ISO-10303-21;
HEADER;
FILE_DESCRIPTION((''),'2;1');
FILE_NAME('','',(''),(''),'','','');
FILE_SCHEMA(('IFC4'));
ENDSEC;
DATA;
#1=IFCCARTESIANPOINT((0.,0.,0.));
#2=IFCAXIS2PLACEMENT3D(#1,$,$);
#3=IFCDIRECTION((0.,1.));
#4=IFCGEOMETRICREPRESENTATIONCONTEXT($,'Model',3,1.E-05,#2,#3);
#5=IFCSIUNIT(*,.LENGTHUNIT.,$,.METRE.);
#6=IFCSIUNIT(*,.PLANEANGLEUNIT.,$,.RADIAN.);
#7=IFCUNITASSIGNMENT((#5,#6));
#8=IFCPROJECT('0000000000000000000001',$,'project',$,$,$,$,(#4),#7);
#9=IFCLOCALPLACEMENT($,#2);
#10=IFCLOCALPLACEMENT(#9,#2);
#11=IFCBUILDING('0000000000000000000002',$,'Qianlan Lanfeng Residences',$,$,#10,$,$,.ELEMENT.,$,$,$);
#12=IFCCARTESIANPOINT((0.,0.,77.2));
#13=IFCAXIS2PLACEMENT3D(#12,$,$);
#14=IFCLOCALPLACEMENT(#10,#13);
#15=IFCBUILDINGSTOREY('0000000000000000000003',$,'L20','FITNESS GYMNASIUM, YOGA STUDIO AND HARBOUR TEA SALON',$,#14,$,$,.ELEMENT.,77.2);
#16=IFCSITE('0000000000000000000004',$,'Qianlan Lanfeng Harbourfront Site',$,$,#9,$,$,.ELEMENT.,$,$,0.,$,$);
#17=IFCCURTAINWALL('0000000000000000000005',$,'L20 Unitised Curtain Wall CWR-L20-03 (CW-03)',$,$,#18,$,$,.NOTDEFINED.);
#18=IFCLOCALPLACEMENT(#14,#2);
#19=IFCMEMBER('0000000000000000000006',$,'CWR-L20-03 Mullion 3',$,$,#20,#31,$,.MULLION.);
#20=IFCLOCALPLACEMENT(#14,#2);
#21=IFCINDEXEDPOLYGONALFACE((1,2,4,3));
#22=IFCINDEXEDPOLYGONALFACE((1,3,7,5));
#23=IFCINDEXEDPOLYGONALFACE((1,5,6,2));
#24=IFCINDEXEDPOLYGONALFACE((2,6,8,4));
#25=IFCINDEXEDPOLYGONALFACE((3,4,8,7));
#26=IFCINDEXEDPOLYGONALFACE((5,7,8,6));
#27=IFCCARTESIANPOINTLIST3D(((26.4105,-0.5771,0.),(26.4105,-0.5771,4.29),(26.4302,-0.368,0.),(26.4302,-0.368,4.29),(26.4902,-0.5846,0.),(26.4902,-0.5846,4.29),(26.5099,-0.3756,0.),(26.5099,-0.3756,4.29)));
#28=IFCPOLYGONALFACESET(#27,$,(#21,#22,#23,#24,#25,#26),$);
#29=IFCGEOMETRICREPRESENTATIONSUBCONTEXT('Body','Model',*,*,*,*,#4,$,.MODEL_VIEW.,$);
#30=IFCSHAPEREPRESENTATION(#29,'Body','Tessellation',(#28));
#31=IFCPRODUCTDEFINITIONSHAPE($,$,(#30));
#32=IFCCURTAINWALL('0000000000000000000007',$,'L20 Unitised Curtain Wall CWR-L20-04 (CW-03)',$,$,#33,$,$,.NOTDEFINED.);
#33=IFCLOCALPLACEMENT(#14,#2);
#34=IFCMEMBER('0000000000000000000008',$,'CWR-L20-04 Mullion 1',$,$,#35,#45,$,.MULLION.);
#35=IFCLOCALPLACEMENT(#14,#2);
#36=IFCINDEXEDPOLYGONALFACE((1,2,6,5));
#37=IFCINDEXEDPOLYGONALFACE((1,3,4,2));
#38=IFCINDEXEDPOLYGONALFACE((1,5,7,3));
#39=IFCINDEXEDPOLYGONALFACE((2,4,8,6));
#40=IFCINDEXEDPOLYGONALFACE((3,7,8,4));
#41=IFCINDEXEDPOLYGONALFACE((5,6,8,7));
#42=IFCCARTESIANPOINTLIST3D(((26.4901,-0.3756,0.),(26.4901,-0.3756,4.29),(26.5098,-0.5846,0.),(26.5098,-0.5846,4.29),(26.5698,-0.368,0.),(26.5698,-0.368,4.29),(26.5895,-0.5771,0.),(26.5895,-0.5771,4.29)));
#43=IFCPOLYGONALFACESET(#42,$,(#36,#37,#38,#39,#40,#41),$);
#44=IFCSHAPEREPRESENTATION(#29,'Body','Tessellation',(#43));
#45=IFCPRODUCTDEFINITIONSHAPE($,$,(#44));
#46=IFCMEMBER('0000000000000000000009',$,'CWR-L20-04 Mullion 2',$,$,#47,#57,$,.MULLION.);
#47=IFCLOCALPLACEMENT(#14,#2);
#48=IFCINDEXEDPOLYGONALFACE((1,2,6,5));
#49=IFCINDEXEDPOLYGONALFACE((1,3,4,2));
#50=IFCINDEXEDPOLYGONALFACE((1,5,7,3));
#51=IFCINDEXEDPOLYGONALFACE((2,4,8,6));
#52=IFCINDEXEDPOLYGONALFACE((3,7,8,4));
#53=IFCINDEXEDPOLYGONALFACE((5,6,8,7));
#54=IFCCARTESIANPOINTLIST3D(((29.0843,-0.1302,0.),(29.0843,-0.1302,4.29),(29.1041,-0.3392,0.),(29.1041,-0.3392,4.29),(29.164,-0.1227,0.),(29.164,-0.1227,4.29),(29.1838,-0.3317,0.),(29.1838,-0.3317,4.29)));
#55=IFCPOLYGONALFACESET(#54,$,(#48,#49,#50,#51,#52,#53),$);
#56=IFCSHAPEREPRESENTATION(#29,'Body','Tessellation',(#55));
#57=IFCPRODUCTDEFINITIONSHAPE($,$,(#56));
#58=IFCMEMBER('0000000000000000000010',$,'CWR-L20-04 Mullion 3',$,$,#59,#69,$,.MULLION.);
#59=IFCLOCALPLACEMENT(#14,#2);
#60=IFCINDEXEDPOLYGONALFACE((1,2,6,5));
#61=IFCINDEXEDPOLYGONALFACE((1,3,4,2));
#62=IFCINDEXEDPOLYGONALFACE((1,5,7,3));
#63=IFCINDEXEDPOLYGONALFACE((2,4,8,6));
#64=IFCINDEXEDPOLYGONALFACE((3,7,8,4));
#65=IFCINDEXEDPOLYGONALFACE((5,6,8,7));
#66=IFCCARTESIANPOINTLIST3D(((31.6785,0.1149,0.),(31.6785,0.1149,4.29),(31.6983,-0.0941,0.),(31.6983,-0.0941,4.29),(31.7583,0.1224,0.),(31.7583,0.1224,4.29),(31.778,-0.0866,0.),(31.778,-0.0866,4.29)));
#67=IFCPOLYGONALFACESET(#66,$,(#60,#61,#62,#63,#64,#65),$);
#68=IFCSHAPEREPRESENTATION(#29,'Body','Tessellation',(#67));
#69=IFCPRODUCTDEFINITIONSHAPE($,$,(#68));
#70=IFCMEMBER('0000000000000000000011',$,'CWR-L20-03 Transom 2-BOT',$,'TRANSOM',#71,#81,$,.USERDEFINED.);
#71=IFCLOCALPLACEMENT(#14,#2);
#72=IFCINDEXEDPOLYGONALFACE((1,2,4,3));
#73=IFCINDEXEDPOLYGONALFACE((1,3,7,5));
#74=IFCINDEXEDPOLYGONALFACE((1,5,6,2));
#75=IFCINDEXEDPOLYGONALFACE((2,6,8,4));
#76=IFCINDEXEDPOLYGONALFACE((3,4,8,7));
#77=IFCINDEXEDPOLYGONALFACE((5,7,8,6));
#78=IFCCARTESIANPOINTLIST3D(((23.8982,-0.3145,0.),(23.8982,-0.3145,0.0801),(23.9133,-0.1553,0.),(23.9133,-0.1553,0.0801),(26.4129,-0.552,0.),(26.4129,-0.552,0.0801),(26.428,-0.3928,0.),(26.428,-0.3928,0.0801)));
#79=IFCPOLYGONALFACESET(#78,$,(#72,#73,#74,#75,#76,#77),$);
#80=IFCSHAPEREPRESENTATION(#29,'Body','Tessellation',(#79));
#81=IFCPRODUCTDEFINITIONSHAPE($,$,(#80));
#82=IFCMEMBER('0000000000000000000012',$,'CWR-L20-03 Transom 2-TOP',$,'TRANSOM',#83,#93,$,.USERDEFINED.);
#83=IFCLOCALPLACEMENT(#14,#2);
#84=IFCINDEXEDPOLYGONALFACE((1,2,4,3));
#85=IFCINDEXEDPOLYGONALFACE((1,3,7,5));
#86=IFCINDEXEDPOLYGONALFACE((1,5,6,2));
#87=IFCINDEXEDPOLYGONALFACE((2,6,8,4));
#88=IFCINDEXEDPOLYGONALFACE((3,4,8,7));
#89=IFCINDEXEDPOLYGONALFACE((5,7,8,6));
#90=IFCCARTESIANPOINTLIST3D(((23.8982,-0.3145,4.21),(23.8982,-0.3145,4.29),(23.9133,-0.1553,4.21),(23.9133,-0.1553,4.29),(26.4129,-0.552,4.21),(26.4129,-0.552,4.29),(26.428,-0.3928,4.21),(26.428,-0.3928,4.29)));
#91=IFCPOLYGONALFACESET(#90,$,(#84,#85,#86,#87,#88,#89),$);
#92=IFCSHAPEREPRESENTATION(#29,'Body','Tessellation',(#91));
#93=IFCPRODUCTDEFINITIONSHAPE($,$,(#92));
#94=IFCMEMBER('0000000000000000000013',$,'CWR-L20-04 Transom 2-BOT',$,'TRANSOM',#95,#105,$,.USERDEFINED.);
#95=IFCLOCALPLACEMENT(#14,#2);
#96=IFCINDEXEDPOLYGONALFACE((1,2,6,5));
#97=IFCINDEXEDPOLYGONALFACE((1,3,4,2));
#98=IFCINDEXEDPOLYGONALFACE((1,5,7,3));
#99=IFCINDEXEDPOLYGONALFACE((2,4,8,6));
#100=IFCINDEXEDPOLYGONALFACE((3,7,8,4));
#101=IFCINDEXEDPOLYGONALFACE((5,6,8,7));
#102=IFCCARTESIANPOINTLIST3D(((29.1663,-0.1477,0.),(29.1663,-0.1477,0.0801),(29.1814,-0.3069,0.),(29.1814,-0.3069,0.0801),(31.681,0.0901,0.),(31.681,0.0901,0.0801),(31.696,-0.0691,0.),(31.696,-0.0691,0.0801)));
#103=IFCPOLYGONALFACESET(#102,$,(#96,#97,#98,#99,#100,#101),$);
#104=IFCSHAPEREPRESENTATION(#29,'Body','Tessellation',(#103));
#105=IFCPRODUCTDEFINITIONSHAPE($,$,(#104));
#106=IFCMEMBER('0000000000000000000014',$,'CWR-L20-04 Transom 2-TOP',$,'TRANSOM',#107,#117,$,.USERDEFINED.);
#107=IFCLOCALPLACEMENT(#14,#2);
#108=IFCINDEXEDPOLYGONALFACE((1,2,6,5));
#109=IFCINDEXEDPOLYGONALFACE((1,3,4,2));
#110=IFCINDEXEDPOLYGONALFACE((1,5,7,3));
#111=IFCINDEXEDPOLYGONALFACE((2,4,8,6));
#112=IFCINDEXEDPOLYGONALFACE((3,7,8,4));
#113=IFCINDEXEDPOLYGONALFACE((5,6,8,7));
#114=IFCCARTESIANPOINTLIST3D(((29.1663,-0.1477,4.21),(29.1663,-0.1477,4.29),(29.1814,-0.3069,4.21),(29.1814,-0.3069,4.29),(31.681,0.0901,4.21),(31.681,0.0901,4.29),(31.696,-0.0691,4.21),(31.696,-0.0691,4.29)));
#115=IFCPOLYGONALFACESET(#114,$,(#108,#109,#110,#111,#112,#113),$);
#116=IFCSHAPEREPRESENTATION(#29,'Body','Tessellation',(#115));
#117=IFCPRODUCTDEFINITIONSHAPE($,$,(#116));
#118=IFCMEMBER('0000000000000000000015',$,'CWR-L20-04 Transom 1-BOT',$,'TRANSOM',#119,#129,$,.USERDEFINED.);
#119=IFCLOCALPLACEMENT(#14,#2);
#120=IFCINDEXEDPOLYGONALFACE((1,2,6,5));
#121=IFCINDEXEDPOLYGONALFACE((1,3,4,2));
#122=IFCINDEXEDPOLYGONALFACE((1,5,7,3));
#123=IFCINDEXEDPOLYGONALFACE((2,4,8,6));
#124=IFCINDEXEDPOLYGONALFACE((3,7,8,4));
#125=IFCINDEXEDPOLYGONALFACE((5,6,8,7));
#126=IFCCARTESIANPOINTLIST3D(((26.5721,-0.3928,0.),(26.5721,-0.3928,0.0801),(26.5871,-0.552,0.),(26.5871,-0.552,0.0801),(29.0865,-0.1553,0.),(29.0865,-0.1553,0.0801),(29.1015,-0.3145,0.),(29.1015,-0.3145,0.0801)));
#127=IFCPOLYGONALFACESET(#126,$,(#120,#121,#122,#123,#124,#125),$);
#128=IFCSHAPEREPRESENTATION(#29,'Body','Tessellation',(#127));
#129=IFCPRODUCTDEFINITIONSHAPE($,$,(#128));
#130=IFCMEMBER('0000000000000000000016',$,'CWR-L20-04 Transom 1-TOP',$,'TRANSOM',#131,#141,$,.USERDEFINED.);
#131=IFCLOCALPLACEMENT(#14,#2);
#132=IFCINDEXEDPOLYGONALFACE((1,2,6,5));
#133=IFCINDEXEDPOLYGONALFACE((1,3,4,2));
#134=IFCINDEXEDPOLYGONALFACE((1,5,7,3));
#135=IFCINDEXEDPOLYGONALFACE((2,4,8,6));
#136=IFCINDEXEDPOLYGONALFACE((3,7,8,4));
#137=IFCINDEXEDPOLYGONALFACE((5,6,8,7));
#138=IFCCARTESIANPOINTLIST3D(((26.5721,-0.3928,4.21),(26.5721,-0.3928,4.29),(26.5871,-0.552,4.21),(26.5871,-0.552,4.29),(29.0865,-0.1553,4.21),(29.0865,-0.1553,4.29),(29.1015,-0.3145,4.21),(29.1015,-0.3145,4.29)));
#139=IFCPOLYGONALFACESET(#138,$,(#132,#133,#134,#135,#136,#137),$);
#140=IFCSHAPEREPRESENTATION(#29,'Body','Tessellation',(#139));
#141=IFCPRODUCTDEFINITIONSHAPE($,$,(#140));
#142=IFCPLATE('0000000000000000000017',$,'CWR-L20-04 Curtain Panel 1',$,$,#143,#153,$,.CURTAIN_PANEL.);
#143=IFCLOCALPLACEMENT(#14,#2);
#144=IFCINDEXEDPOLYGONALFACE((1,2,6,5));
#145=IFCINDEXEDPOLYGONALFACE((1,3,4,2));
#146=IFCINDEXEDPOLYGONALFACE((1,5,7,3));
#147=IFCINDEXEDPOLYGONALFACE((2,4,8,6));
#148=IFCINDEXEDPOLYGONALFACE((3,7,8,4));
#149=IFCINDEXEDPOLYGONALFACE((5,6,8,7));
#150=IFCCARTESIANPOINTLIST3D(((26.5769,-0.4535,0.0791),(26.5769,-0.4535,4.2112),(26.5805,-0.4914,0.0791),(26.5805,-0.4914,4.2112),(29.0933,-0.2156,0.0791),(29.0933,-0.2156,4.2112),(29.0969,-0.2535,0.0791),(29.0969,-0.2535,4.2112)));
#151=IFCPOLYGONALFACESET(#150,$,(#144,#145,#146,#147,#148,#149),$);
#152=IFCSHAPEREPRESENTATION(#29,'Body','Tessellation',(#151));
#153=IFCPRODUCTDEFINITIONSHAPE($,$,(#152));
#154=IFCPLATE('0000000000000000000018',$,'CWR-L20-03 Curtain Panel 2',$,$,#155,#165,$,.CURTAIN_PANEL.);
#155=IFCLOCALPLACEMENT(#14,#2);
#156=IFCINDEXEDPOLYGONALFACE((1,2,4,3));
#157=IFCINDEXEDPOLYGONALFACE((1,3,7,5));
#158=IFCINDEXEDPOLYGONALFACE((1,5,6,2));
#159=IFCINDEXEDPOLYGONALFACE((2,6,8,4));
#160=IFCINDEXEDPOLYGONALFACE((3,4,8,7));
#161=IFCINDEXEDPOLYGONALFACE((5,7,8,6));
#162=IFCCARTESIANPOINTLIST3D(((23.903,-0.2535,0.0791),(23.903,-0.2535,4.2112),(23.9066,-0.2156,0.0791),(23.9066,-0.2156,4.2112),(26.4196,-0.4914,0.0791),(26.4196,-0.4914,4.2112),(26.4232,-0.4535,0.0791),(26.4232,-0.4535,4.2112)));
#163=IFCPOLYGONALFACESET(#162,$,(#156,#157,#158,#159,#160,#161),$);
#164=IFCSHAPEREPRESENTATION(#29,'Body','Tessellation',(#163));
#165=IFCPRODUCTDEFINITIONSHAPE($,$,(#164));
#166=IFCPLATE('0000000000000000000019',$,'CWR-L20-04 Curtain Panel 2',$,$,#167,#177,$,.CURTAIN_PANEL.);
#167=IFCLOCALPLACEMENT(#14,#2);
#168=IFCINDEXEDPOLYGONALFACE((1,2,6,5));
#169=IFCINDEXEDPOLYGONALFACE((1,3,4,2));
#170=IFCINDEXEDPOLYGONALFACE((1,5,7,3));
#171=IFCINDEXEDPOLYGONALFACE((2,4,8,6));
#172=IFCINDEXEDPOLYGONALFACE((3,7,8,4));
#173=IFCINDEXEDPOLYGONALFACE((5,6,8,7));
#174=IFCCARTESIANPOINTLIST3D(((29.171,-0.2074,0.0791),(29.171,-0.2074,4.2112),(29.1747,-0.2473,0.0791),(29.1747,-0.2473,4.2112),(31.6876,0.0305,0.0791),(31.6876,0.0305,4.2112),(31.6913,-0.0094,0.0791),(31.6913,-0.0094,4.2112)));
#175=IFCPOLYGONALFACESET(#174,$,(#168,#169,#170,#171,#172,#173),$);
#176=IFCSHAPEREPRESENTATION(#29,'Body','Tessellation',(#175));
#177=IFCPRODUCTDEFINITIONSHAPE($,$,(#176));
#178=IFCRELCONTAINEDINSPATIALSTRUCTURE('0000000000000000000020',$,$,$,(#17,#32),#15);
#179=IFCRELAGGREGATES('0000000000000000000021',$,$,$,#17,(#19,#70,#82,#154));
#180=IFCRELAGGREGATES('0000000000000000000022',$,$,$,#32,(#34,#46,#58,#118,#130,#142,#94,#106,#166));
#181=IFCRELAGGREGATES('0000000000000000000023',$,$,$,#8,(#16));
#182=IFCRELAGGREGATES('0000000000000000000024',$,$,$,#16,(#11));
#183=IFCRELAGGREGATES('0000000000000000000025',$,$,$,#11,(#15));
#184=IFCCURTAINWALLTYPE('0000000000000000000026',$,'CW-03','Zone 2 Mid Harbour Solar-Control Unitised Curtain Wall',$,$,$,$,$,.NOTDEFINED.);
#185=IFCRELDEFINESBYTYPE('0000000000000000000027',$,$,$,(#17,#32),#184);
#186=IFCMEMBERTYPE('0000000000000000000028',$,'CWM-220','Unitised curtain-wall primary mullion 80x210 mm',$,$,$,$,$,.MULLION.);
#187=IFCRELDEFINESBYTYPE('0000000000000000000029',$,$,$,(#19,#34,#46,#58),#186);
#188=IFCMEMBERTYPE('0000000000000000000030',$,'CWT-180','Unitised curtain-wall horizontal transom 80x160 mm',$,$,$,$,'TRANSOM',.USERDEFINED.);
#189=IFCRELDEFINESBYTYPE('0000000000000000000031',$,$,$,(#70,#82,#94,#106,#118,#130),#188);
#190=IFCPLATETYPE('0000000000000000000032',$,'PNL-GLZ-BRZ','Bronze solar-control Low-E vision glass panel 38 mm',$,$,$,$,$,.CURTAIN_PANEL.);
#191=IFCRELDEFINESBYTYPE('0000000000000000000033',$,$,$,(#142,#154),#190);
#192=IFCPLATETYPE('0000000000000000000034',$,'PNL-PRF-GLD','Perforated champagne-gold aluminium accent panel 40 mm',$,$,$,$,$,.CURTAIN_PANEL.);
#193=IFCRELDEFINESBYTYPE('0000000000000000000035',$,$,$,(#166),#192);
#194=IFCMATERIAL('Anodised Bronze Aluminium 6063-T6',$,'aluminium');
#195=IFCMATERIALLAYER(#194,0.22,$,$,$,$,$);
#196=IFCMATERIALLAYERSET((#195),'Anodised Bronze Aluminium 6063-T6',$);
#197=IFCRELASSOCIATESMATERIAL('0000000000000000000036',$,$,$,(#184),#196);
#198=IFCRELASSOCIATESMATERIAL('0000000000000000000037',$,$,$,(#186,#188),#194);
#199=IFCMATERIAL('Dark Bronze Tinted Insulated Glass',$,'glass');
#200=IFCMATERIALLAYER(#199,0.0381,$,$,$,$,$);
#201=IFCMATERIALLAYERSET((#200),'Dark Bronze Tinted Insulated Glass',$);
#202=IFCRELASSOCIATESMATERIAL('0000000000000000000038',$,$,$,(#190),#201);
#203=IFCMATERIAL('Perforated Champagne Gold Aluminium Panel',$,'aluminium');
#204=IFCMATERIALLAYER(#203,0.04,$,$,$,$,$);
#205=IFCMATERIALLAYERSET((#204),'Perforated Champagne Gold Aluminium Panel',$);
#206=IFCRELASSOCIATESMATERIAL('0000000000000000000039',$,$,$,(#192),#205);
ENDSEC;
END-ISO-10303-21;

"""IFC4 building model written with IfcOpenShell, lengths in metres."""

from ifc_helpers import new_model, si_unit, direction, frame, origin, origin_2d, place, context, subcontext, project, spatial, rectangle, extrude, source, transform, mapped, material, layer, layer_set, material_profile, profile_set, type_object, element, aggregate, save


model = new_model("IFC4")

# Units and contexts
model_context = context("Model", 3, precision=1e-05, world=origin(), true_north=direction((0.0, 1.0)))
body_context = subcontext(model_context, "Body", "Model", "MODEL_VIEW")
ifc_project = project(units=[si_unit("LENGTHUNIT", "METRE"), si_unit("PLANEANGLEUNIT", "RADIAN")], contexts=[model_context])

# Site, building, storey
site_placement = place(None, origin())
site = spatial("IfcSite", under=ifc_project, at=site_placement, Name="Qianlan Lanfeng Harbourfront Site", CompositionType="ELEMENT", RefElevation=0.0)
building_placement = place(site_placement, origin())
building = spatial("IfcBuilding", under=site, at=building_placement, Name="Qianlan Lanfeng Residences", CompositionType="ELEMENT")
storey_placement = place(building_placement, frame((0.0, 0.0, 77.2)))
storey = spatial("IfcBuildingStorey", under=building, at=storey_placement, Name="L20", Description="FITNESS GYMNASIUM, YOGA STUDIO AND HARBOUR TEA SALON", CompositionType="ELEMENT", Elevation=77.2)

# Curtain walls, members
ifc_material_1 = material(Name="Anodised Bronze Aluminium 6063-T6", Category="aluminium")
ifc_layer_1 = layer(ifc_material_1, 0.22)
ifc_layer_set_1 = layer_set([ifc_layer_1], Name="Anodised Bronze Aluminium 6063-T6")
curtain_wall_type = type_object("IfcCurtainWallType", Name="CW-03", Description="Zone 2 Mid Harbour Solar-Control Unitised Curtain Wall", PredefinedType="NOTDEFINED", material=ifc_layer_set_1)
curtain_wall_1_placement = place(storey_placement, origin())
curtain_wall_1 = element("IfcCurtainWall", 1, at=curtain_wall_1_placement, inside=storey, type_object=curtain_wall_type, Name="L20 Unitised Curtain Wall CWR-L20-03 (CW-03)", PredefinedType="NOTDEFINED")
ifc_material_profile_1 = material_profile(ifc_material_1, rectangle(XDim=0.0801, YDim=0.21, at=origin_2d()), Name="ALU MULLION 80x210")
ifc_profile_set_1 = profile_set([ifc_material_profile_1], Name="Anodised Bronze Aluminium 6063-T6")
member_type_1 = type_object("IfcMemberType", Name="CWM-220", Description="Unitised curtain-wall primary mullion 80x210 mm", PredefinedType="MULLION", material=ifc_profile_set_1)
shared_shape_1 = source(origin(), body_context, "Body", "SweptSolid", [
    extrude(rectangle(XDim=0.0801, YDim=0.21, at=origin_2d()), origin(), (0.0, 0.0, 1.0), 4.29),
])
member_1_placement = place(storey_placement, frame((26.4602, -0.4763, 0.0), z_axis=(0.0, 0.0, 1.0), x_axis=(0.995561, -0.094114, 0.0)))
member_1 = element("IfcMember", 2, at=member_1_placement, type_object=member_type_1, Name="CWR-L20-03 Mullion 3", PredefinedType="MULLION", context=body_context, shape_type="MappedRepresentation", body=[
    mapped(shared_shape_1, transform((0.0, 0.0, 0.0), scale=1.0)),
])
curtain_wall_2_placement = place(storey_placement, origin())
curtain_wall_2 = element("IfcCurtainWall", 3, at=curtain_wall_2_placement, inside=storey, type_object=curtain_wall_type, Name="L20 Unitised Curtain Wall CWR-L20-04 (CW-03)", PredefinedType="NOTDEFINED")
member_2_placement = place(storey_placement, frame((26.5398, -0.4763, 0.0), z_axis=(0.0, 0.0, 1.0), x_axis=(0.995561, 0.094114, 0.0)))
member_2 = element("IfcMember", 4, at=member_2_placement, type_object=member_type_1, Name="CWR-L20-04 Mullion 1", PredefinedType="MULLION", context=body_context, shape_type="MappedRepresentation", body=[
    mapped(shared_shape_1, transform((0.0, 0.0, 0.0), scale=1.0)),
])
member_3_placement = place(storey_placement, frame((29.134, -0.231, 0.0), z_axis=(0.0, 0.0, 1.0), x_axis=(0.995561, 0.094114, 0.0)))
member_3 = element("IfcMember", 5, at=member_3_placement, type_object=member_type_1, Name="CWR-L20-04 Mullion 2", PredefinedType="MULLION", context=body_context, shape_type="MappedRepresentation", body=[
    mapped(shared_shape_1, transform((0.0, 0.0, 0.0), scale=1.0)),
])
member_4_placement = place(storey_placement, frame((31.7283, 0.0142, 0.0), z_axis=(0.0, 0.0, 1.0), x_axis=(0.995561, 0.094114, 0.0)))
member_4 = element("IfcMember", 6, at=member_4_placement, type_object=member_type_1, Name="CWR-L20-04 Mullion 3", PredefinedType="MULLION", context=body_context, shape_type="MappedRepresentation", body=[
    mapped(shared_shape_1, transform((0.0, 0.0, 0.0), scale=1.0)),
])

# Members
ifc_material_profile_2 = material_profile(ifc_material_1, rectangle(XDim=0.0801, YDim=0.1599, at=origin_2d()), Name="ALU TRANSOM 80x160")
ifc_profile_set_2 = profile_set([ifc_material_profile_2], Name="Anodised Bronze Aluminium 6063-T6")
member_type_2 = type_object("IfcMemberType", Name="CWT-180", Description="Unitised curtain-wall horizontal transom 80x160 mm", ElementType="TRANSOM", PredefinedType="USERDEFINED", material=ifc_profile_set_2)
shared_shape_2 = source(origin(), body_context, "Body", "SweptSolid", [
    extrude(rectangle(XDim=0.0801, YDim=0.1599, at=origin_2d()), origin(), (0.0, 0.0, 1.0), 2.5259),
])
member_5_placement = place(storey_placement, frame((23.9058, -0.2349, 0.04), z_axis=(0.995568, -0.094047, 0.0), x_axis=(0.0, 0.0, 1.0)))
member_5 = element("IfcMember", 7, at=member_5_placement, type_object=member_type_2, Name="CWR-L20-03 Transom 2-BOT", ObjectType="TRANSOM", PredefinedType="USERDEFINED", context=body_context, shape_type="MappedRepresentation", body=[
    mapped(shared_shape_2, transform((0.0, 0.0, 0.0), scale=1.0)),
])
member_6_placement = place(storey_placement, frame((23.9058, -0.2349, 4.25), z_axis=(0.995568, -0.094047, 0.0), x_axis=(0.0, 0.0, 1.0)))
member_6 = element("IfcMember", 8, at=member_6_placement, type_object=member_type_2, Name="CWR-L20-03 Transom 2-TOP", ObjectType="TRANSOM", PredefinedType="USERDEFINED", context=body_context, shape_type="MappedRepresentation", body=[
    mapped(shared_shape_2, transform((0.0, 0.0, 0.0), scale=1.0)),
])
member_7_placement = place(storey_placement, frame((29.1738, -0.2273, 0.04), z_axis=(0.995559, 0.094143, 0.0), x_axis=(0.0, 0.0, 1.0)))
member_7 = element("IfcMember", 9, at=member_7_placement, type_object=member_type_2, Name="CWR-L20-04 Transom 2-BOT", ObjectType="TRANSOM", PredefinedType="USERDEFINED", context=body_context, shape_type="MappedRepresentation", body=[
    mapped(shared_shape_2, transform((0.0, 0.0, 0.0), scale=1.0)),
])
member_8_placement = place(storey_placement, frame((29.1738, -0.2273, 4.25), z_axis=(0.995559, 0.094143, 0.0), x_axis=(0.0, 0.0, 1.0)))
member_8 = element("IfcMember", 10, at=member_8_placement, type_object=member_type_2, Name="CWR-L20-04 Transom 2-TOP", ObjectType="TRANSOM", PredefinedType="USERDEFINED", context=body_context, shape_type="MappedRepresentation", body=[
    mapped(shared_shape_2, transform((0.0, 0.0, 0.0), scale=1.0)),
])
shared_shape_3 = source(origin(), body_context, "Body", "SweptSolid", [
    extrude(rectangle(XDim=0.0801, YDim=0.1599, at=origin_2d()), origin(), (0.0, 0.0, 1.0), 2.5256),
])
member_9_placement = place(storey_placement, frame((26.5796, -0.4724, 0.04), z_axis=(0.995567, 0.094056, 0.0), x_axis=(0.0, 0.0, 1.0)))
member_9 = element("IfcMember", 11, at=member_9_placement, type_object=member_type_2, Name="CWR-L20-04 Transom 1-BOT", ObjectType="TRANSOM", PredefinedType="USERDEFINED", context=body_context, shape_type="MappedRepresentation", body=[
    mapped(shared_shape_3, transform((0.0, 0.0, 0.0), scale=1.0)),
])
member_10_placement = place(storey_placement, frame((26.5796, -0.4724, 4.25), z_axis=(0.995567, 0.094056, 0.0), x_axis=(0.0, 0.0, 1.0)))
member_10 = element("IfcMember", 12, at=member_10_placement, type_object=member_type_2, Name="CWR-L20-04 Transom 1-TOP", ObjectType="TRANSOM", PredefinedType="USERDEFINED", context=body_context, shape_type="MappedRepresentation", body=[
    mapped(shared_shape_3, transform((0.0, 0.0, 0.0), scale=1.0)),
])

# Plates
ifc_material_2 = material(Name="Dark Bronze Tinted Insulated Glass", Category="glass")
ifc_layer_2 = layer(ifc_material_2, 0.0381)
ifc_layer_set_2 = layer_set([ifc_layer_2], Name="Dark Bronze Tinted Insulated Glass")
plate_type_1 = type_object("IfcPlateType", Name="PNL-GLZ-BRZ", Description="Bronze solar-control Low-E vision glass panel 38 mm", PredefinedType="CURTAIN_PANEL", material=ifc_layer_set_2)
shared_shape_4 = source(origin(), body_context, "Body", "SweptSolid", [
    extrude(rectangle(XDim=2.5276, YDim=0.0381, at=origin_2d()), origin(), (0.0, 0.0, 1.0), 4.1321),
])
plate_1_placement = place(storey_placement, frame((27.8369, -0.3535, 0.0791), z_axis=(0.0, 0.0, 1.0), x_axis=(0.995561, 0.094114, 0.0)))
plate_1 = element("IfcPlate", 13, at=plate_1_placement, type_object=plate_type_1, Name="CWR-L20-04 Curtain Panel 1", PredefinedType="CURTAIN_PANEL", context=body_context, shape_type="MappedRepresentation", body=[
    mapped(shared_shape_4, transform((0.0, 0.0, 0.0), scale=1.0)),
])
shared_shape_5 = source(origin(), body_context, "Body", "SweptSolid", [
    extrude(rectangle(XDim=2.5278, YDim=0.0381, at=origin_2d()), origin(), (0.0, 0.0, 1.0), 4.1321),
])
plate_2_placement = place(storey_placement, frame((25.1631, -0.3535, 0.0791), z_axis=(0.0, 0.0, 1.0), x_axis=(0.995561, -0.094114, 0.0)))
plate_2 = element("IfcPlate", 14, at=plate_2_placement, type_object=plate_type_1, Name="CWR-L20-03 Curtain Panel 2", PredefinedType="CURTAIN_PANEL", context=body_context, shape_type="MappedRepresentation", body=[
    mapped(shared_shape_5, transform((0.0, 0.0, 0.0), scale=1.0)),
])
aggregate(curtain_wall_1, [member_1, member_5, member_6, plate_2])
ifc_material_3 = material(Name="Perforated Champagne Gold Aluminium Panel", Category="aluminium")
ifc_layer_3 = layer(ifc_material_3, 0.04)
ifc_layer_set_3 = layer_set([ifc_layer_3], Name="Perforated Champagne Gold Aluminium Panel")
plate_type_2 = type_object("IfcPlateType", Name="PNL-PRF-GLD", Description="Perforated champagne-gold aluminium accent panel 40 mm", PredefinedType="CURTAIN_PANEL", material=ifc_layer_set_3)
shared_shape_6 = source(origin(), body_context, "Body", "SweptSolid", [
    extrude(rectangle(XDim=2.5278, YDim=0.04, at=origin_2d()), origin(), (0.0, 0.0, 1.0), 4.1321),
])
plate_3_placement = place(storey_placement, frame((30.4312, -0.1084, 0.0791), z_axis=(0.0, 0.0, 1.0), x_axis=(0.995561, 0.094114, 0.0)))
plate_3 = element("IfcPlate", 15, at=plate_3_placement, type_object=plate_type_2, Name="CWR-L20-04 Curtain Panel 2", PredefinedType="CURTAIN_PANEL", context=body_context, shape_type="MappedRepresentation", body=[
    mapped(shared_shape_6, transform((0.0, 0.0, 0.0), scale=1.0)),
])
aggregate(curtain_wall_2, [member_2, member_3, member_4, member_9, member_10, plate_1, member_7, member_8, plate_3])

save(model, "model.ifc")
